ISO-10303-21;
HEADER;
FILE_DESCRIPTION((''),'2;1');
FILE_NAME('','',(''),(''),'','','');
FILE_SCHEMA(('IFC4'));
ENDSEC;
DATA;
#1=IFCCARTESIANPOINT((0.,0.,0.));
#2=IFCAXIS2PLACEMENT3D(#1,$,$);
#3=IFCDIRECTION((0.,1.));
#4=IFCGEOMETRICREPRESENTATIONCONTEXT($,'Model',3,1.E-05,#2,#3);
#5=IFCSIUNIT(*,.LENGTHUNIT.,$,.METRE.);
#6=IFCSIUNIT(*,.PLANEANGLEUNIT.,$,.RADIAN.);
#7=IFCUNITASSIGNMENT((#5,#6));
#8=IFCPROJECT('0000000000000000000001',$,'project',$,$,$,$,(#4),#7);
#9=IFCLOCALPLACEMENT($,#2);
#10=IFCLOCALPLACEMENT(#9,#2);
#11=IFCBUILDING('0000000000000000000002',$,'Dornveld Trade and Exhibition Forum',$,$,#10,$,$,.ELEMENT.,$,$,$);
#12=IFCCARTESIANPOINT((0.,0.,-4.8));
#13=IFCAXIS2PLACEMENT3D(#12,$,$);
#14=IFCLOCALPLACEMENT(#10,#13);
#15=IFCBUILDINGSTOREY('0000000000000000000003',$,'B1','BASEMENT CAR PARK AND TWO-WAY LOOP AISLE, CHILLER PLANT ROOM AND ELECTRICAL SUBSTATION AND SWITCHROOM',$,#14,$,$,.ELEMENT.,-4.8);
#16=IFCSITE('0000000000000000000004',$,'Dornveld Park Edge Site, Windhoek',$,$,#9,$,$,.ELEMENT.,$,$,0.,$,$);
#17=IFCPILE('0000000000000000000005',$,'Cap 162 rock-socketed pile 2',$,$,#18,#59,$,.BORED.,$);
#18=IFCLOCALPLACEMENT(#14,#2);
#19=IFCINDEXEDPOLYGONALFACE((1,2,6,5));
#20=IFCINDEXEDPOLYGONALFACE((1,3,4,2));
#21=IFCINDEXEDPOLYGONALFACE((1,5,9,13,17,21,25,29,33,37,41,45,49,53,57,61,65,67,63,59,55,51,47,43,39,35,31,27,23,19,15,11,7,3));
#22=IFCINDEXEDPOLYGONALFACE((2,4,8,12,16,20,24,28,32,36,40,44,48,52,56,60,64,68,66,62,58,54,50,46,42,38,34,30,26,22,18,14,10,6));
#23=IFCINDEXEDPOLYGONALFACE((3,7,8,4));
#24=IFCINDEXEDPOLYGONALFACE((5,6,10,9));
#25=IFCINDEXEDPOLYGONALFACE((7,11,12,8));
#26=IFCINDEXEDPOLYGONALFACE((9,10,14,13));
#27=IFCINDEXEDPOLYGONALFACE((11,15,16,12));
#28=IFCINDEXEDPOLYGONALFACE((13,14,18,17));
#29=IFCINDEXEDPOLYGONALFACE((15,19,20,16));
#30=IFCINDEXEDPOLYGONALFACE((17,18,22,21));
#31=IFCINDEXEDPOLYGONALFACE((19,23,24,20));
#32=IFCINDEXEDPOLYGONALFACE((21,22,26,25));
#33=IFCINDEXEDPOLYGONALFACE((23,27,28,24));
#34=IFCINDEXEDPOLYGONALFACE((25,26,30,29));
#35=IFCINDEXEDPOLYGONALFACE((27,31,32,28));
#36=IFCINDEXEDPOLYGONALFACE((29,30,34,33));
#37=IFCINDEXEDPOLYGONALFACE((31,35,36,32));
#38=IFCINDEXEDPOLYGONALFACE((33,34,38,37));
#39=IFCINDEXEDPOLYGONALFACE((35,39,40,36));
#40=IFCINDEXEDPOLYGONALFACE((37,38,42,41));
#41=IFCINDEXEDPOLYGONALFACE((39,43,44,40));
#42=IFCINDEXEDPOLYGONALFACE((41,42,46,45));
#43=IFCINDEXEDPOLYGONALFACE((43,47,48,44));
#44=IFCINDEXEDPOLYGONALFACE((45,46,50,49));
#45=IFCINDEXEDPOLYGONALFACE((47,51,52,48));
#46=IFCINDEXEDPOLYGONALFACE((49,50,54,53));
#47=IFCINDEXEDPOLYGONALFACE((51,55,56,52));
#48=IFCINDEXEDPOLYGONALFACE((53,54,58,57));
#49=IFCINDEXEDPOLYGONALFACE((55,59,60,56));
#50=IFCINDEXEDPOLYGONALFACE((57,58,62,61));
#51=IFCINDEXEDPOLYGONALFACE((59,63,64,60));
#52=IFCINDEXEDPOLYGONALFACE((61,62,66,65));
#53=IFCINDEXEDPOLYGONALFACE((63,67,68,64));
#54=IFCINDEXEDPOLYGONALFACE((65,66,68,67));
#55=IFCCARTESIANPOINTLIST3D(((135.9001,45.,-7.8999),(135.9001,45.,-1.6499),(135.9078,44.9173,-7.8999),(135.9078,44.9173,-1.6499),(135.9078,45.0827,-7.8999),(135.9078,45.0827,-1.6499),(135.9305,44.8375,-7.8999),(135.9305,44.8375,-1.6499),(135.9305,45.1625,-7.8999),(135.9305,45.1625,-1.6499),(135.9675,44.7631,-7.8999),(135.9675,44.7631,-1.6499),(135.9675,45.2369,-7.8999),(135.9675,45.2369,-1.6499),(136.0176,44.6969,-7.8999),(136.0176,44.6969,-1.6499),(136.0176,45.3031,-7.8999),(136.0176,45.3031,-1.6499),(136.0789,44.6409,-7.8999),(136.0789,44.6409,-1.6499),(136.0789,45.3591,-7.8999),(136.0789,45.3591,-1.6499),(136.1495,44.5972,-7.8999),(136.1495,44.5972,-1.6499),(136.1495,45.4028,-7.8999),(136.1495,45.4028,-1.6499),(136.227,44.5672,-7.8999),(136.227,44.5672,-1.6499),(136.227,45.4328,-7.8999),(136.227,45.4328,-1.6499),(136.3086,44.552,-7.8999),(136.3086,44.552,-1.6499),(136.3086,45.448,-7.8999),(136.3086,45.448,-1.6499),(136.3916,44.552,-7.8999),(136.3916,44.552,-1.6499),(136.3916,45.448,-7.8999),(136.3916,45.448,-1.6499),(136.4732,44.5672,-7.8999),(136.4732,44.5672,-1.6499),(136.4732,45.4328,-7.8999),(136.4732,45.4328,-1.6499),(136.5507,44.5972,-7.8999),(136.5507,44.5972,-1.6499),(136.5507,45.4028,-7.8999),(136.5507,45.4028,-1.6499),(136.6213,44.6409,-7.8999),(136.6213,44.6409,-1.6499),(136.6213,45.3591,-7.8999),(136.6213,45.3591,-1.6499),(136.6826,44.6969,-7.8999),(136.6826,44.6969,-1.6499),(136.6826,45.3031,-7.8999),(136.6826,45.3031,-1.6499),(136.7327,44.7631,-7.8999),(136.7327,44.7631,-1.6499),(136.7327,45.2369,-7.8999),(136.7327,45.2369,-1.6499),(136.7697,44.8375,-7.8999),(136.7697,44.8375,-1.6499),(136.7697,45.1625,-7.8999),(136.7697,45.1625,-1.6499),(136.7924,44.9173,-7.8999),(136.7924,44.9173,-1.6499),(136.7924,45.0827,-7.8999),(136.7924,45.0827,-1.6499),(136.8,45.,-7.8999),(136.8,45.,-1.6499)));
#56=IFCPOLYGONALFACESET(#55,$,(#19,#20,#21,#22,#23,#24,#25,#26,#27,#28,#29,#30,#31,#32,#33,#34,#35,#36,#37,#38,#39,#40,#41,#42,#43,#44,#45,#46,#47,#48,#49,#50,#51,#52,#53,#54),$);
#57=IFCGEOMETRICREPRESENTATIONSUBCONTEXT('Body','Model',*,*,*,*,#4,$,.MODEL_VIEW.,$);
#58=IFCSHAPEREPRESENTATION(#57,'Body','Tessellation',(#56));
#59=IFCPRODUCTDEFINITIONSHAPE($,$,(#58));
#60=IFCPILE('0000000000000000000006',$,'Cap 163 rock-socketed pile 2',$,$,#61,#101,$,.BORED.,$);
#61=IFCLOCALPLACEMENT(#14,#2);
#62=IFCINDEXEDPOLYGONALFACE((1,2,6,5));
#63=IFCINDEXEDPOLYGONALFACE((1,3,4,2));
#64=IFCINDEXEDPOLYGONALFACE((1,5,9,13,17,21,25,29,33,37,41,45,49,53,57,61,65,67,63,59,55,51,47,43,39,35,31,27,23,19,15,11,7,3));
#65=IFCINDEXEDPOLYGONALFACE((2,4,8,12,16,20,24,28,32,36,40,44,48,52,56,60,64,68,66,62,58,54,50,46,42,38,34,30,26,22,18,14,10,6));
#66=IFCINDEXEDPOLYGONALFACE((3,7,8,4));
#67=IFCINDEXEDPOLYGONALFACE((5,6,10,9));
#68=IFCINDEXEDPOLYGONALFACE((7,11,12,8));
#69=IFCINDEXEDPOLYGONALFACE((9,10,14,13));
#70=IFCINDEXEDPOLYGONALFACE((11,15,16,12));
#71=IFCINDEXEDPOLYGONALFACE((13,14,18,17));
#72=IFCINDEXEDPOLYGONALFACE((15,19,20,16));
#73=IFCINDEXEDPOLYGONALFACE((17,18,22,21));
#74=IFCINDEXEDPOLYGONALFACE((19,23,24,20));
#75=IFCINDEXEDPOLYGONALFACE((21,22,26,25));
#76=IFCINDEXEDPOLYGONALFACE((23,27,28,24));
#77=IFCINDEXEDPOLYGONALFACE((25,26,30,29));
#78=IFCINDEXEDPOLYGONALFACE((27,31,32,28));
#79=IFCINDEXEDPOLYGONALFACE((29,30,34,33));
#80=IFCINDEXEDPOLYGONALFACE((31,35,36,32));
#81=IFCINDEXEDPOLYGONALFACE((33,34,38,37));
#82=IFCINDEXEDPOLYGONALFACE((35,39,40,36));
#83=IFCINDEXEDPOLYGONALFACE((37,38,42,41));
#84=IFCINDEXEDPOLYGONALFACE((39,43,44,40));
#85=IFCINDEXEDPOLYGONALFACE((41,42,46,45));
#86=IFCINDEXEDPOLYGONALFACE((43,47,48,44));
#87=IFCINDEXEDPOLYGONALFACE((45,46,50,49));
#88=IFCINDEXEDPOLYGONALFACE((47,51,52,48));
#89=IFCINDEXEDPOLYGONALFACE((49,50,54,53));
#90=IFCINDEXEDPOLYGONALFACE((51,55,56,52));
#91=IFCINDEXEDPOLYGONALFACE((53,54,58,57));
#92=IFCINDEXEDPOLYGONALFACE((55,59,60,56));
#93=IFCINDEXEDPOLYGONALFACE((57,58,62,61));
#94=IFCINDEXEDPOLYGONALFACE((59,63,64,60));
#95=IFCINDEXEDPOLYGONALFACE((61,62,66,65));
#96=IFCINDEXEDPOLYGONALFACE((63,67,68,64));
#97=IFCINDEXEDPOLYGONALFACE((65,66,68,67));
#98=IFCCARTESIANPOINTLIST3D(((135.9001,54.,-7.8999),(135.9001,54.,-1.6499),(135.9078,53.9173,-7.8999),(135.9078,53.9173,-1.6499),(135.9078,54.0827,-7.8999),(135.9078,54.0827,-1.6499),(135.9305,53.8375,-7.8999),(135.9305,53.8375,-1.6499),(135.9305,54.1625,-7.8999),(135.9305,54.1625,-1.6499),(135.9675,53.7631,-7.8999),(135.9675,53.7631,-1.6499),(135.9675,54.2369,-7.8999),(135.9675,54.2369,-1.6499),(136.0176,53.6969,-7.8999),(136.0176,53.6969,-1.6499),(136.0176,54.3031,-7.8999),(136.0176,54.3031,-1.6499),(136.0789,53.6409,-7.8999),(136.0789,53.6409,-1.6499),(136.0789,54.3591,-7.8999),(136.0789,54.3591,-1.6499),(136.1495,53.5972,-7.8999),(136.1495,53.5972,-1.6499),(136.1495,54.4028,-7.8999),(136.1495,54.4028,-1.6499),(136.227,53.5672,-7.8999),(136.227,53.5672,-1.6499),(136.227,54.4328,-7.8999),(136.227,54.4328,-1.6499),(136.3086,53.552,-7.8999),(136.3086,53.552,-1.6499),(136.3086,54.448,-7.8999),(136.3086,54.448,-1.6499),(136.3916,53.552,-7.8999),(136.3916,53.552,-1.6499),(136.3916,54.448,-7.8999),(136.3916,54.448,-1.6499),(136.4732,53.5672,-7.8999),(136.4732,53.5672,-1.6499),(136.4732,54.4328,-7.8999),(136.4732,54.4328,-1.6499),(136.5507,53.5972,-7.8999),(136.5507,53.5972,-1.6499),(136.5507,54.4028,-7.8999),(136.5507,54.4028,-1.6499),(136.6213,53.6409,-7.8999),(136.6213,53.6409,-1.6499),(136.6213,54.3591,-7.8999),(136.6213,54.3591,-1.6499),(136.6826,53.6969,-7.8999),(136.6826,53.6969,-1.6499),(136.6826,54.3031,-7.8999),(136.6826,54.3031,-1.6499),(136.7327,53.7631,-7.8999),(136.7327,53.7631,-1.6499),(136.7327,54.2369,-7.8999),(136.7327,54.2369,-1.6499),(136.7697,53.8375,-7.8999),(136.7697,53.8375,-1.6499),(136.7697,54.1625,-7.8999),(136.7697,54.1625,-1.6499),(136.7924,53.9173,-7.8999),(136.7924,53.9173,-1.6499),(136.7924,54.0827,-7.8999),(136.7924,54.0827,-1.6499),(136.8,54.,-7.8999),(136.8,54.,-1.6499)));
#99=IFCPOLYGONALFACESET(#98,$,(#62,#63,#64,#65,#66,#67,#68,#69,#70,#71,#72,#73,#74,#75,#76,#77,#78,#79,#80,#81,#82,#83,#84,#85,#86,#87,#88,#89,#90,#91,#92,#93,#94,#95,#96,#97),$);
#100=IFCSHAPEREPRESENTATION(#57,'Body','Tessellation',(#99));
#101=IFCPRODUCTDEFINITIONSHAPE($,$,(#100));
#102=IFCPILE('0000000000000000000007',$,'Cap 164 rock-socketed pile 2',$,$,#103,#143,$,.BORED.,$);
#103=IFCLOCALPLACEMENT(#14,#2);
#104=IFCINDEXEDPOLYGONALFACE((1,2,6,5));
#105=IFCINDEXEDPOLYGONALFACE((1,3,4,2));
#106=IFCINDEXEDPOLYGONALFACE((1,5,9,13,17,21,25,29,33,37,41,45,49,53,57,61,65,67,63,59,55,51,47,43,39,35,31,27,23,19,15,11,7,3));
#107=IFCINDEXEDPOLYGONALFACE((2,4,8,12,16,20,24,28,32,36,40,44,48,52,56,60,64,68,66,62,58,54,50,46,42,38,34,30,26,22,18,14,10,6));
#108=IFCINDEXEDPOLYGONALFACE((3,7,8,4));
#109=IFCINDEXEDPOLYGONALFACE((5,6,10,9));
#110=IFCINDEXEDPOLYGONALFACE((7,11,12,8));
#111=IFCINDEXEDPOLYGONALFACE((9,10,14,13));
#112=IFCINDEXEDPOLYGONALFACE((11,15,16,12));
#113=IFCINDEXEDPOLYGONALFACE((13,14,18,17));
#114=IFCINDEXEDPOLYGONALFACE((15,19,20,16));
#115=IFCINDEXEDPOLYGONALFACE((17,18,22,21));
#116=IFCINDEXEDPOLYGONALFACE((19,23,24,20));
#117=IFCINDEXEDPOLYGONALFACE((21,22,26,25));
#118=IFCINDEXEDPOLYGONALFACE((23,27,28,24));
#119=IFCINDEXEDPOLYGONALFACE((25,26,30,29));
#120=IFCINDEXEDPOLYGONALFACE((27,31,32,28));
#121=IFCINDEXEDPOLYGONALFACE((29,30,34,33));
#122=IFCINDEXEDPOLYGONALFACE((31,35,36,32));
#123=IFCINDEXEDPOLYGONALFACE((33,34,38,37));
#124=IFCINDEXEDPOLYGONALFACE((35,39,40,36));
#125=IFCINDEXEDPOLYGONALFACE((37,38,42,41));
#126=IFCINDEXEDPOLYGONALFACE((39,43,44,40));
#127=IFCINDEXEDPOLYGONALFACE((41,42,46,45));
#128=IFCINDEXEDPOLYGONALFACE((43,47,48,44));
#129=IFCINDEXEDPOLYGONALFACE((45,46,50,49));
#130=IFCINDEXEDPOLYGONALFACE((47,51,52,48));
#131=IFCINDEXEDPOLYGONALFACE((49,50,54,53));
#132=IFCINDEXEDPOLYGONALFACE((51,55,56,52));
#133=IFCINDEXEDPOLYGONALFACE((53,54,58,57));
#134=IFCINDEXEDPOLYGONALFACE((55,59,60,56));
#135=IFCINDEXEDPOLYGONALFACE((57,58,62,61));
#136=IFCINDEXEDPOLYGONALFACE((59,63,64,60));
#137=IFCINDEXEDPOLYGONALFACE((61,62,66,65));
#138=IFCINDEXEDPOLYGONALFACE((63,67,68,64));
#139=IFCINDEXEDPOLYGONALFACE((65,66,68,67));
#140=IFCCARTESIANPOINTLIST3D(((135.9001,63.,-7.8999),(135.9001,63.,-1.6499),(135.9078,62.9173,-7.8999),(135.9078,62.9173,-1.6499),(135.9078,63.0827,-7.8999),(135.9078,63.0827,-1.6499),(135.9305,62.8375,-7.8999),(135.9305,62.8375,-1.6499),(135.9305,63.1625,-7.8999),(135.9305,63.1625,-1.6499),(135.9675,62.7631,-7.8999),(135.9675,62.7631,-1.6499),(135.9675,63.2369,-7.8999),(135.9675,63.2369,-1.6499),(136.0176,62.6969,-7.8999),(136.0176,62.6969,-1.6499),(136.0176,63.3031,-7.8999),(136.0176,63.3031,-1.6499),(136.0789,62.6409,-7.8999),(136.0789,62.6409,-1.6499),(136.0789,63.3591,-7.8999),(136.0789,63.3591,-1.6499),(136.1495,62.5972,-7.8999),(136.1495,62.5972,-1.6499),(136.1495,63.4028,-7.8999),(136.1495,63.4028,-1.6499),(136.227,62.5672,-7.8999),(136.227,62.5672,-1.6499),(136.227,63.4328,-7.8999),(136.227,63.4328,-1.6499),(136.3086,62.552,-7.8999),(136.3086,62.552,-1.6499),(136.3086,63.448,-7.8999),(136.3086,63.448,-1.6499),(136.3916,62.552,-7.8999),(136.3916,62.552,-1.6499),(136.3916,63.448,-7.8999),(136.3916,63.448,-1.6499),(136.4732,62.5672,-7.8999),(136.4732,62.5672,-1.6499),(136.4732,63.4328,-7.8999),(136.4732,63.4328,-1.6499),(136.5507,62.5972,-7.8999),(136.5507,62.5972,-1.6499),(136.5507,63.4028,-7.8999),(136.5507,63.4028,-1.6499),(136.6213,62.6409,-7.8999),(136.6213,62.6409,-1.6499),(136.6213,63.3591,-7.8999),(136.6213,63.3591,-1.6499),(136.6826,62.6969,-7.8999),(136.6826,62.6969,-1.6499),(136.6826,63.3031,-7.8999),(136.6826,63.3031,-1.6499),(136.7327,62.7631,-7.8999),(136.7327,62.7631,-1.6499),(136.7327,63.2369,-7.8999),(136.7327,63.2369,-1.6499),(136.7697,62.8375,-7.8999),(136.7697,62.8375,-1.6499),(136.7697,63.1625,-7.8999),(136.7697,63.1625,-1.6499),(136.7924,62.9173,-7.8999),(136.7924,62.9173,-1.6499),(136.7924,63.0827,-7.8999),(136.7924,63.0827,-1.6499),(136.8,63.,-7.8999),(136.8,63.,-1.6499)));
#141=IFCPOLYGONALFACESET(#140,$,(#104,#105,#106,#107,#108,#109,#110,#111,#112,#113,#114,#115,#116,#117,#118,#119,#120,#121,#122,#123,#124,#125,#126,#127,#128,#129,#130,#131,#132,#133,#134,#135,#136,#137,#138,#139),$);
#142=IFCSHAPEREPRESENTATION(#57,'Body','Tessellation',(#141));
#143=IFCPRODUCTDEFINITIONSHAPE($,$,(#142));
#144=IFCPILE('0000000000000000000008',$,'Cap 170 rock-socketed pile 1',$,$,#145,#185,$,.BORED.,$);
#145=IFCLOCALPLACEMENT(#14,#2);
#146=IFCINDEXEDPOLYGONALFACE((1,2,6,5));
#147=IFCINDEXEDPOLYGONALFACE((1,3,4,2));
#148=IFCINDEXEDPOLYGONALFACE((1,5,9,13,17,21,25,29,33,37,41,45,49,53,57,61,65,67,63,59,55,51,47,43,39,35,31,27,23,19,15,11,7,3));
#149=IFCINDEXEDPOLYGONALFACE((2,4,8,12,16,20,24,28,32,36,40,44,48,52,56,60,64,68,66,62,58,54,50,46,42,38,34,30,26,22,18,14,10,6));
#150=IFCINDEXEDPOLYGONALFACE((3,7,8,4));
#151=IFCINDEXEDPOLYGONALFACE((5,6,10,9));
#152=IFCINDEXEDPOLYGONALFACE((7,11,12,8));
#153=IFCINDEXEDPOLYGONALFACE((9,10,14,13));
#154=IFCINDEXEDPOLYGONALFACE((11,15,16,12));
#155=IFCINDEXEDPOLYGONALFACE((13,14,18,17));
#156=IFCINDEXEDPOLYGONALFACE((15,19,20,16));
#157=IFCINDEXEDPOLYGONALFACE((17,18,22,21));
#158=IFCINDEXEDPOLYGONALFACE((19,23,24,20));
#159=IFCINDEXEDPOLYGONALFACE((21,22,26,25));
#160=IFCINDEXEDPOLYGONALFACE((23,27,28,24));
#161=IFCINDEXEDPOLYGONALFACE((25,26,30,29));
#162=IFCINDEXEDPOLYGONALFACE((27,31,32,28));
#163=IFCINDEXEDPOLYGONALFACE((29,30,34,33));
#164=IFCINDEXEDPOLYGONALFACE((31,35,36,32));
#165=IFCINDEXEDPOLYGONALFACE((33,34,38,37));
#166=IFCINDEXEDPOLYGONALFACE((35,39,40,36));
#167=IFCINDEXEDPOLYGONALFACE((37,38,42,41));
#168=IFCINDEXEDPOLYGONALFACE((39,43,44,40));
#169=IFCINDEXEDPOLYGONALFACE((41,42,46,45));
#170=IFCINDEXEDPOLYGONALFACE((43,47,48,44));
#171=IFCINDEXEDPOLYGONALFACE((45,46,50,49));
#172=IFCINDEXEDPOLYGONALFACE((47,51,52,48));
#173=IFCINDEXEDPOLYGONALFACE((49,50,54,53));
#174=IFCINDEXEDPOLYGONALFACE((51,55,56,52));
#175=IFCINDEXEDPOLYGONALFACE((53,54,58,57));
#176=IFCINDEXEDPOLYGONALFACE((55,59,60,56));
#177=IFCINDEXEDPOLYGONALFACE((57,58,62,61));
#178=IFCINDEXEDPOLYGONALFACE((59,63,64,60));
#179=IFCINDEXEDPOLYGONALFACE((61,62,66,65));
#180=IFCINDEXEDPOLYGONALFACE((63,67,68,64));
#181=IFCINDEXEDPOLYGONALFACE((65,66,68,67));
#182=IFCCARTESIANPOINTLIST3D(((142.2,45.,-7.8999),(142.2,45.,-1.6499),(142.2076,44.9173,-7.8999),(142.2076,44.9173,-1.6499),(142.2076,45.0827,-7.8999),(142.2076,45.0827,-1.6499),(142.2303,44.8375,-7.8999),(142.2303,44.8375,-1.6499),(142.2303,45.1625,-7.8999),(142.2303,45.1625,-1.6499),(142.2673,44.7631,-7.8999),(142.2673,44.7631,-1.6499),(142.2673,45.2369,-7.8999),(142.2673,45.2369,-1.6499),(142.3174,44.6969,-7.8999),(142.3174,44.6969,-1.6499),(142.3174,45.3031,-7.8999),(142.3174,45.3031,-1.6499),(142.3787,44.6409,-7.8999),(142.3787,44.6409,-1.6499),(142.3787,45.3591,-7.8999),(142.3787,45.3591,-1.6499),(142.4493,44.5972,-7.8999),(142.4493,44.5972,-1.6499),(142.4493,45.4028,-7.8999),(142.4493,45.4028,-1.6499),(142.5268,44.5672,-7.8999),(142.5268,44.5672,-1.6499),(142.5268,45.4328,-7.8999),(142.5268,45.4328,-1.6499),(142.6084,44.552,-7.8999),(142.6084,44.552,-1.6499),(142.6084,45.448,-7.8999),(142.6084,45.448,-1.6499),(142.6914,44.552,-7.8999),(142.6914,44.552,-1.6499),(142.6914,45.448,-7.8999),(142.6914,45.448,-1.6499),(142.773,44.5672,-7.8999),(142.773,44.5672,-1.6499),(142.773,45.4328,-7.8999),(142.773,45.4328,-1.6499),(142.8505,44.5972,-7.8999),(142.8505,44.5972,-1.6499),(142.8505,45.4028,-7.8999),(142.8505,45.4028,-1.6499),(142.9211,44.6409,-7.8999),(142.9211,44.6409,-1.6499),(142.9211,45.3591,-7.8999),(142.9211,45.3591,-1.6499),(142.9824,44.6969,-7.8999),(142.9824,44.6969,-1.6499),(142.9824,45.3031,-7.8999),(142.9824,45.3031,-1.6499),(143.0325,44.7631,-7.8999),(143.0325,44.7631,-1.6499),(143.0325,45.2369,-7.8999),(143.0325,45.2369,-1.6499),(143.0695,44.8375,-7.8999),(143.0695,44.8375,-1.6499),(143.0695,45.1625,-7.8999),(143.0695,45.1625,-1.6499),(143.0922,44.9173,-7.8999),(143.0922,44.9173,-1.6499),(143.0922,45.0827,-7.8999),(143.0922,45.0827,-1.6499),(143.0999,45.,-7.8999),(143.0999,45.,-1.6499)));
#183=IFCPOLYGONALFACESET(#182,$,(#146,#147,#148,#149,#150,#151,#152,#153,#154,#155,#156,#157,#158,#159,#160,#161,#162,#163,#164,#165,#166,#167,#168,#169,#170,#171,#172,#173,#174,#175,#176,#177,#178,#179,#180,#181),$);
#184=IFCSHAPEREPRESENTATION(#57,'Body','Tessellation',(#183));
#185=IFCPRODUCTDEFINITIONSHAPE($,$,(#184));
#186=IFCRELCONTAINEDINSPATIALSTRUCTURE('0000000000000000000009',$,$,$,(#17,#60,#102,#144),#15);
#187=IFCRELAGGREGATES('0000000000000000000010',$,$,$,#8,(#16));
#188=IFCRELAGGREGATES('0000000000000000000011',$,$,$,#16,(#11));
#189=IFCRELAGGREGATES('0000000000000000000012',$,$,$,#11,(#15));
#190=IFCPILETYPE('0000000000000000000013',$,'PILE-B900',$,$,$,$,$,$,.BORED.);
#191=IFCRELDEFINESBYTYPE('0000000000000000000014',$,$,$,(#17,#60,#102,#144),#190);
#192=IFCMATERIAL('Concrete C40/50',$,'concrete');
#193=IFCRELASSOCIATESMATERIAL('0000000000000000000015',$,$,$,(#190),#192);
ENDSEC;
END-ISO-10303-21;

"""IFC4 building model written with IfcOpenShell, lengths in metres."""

from ifc_helpers import new_model, si_unit, direction, frame, origin, origin_2d, place, context, subcontext, project, spatial, circle, extrude, material, material_profile, profile_set, type_object, element, save


model = new_model("IFC4")

# Units and contexts
model_context = context("Model", 3, precision=1e-05, world=origin(), true_north=direction((0.0, 1.0)))
body_context = subcontext(model_context, "Body", "Model", "MODEL_VIEW")
ifc_project = project(units=[si_unit("LENGTHUNIT", "METRE"), si_unit("PLANEANGLEUNIT", "RADIAN")], contexts=[model_context])

# Site, building, storey
site_placement = place(None, origin())
site = spatial("IfcSite", under=ifc_project, at=site_placement, Name="Dornveld Park Edge Site, Windhoek", CompositionType="ELEMENT", RefElevation=0.0)
building_placement = place(site_placement, origin())
building = spatial("IfcBuilding", under=site, at=building_placement, Name="Dornveld Trade and Exhibition Forum", CompositionType="ELEMENT")
storey_placement = place(building_placement, frame((0.0, 0.0, -4.8)))
storey = spatial("IfcBuildingStorey", under=building, at=storey_placement, Name="B1", Description="BASEMENT CAR PARK AND TWO-WAY LOOP AISLE, CHILLER PLANT ROOM AND ELECTRICAL SUBSTATION AND SWITCHROOM", CompositionType="ELEMENT", Elevation=-4.8)

# Piles
ifc_material_1 = material(Name="Concrete C40/50", Category="concrete")
ifc_material_profile_1 = material_profile(ifc_material_1, circle(Radius=0.45, at=origin_2d()), Name="PILE D900")
ifc_profile_set_1 = profile_set([ifc_material_profile_1], Name="Concrete C40/50")
pile_type = type_object("IfcPileType", Name="PILE-B900", PredefinedType="BORED", material=ifc_profile_set_1)
for number, where, z_axis, x_axis, name in (
    (1, (136.3501, 45.0, -1.6499), (0.0, 0.0, -1.0), (1.0, 0.0, 0.0), "Cap 162 rock-socketed pile 2"),
    (2, (136.3501, 54.0, -1.6499), (0.0, 0.0, -1.0), (1.0, 0.0, 0.0), "Cap 163 rock-socketed pile 2"),
    (3, (136.3501, 63.0, -1.6499), (0.0, 0.0, -1.0), (1.0, 0.0, 0.0), "Cap 164 rock-socketed pile 2"),
    (4, (142.6499, 45.0, -1.6499), (0.0, 0.0, -1.0), (1.0, 0.0, 0.0), "Cap 170 rock-socketed pile 1"),
):
    element("IfcPile", number, at=place(storey_placement, frame(where, z_axis=z_axis, x_axis=x_axis)), inside=storey, type_object=pile_type, Name=name, PredefinedType="BORED", context=body_context, shape_type="SweptSolid", body=[
        extrude(circle(Radius=0.45, at=origin_2d()), origin(), (0.0, 0.0, 1.0), 6.25),
    ])

save(model, "model.ifc")
